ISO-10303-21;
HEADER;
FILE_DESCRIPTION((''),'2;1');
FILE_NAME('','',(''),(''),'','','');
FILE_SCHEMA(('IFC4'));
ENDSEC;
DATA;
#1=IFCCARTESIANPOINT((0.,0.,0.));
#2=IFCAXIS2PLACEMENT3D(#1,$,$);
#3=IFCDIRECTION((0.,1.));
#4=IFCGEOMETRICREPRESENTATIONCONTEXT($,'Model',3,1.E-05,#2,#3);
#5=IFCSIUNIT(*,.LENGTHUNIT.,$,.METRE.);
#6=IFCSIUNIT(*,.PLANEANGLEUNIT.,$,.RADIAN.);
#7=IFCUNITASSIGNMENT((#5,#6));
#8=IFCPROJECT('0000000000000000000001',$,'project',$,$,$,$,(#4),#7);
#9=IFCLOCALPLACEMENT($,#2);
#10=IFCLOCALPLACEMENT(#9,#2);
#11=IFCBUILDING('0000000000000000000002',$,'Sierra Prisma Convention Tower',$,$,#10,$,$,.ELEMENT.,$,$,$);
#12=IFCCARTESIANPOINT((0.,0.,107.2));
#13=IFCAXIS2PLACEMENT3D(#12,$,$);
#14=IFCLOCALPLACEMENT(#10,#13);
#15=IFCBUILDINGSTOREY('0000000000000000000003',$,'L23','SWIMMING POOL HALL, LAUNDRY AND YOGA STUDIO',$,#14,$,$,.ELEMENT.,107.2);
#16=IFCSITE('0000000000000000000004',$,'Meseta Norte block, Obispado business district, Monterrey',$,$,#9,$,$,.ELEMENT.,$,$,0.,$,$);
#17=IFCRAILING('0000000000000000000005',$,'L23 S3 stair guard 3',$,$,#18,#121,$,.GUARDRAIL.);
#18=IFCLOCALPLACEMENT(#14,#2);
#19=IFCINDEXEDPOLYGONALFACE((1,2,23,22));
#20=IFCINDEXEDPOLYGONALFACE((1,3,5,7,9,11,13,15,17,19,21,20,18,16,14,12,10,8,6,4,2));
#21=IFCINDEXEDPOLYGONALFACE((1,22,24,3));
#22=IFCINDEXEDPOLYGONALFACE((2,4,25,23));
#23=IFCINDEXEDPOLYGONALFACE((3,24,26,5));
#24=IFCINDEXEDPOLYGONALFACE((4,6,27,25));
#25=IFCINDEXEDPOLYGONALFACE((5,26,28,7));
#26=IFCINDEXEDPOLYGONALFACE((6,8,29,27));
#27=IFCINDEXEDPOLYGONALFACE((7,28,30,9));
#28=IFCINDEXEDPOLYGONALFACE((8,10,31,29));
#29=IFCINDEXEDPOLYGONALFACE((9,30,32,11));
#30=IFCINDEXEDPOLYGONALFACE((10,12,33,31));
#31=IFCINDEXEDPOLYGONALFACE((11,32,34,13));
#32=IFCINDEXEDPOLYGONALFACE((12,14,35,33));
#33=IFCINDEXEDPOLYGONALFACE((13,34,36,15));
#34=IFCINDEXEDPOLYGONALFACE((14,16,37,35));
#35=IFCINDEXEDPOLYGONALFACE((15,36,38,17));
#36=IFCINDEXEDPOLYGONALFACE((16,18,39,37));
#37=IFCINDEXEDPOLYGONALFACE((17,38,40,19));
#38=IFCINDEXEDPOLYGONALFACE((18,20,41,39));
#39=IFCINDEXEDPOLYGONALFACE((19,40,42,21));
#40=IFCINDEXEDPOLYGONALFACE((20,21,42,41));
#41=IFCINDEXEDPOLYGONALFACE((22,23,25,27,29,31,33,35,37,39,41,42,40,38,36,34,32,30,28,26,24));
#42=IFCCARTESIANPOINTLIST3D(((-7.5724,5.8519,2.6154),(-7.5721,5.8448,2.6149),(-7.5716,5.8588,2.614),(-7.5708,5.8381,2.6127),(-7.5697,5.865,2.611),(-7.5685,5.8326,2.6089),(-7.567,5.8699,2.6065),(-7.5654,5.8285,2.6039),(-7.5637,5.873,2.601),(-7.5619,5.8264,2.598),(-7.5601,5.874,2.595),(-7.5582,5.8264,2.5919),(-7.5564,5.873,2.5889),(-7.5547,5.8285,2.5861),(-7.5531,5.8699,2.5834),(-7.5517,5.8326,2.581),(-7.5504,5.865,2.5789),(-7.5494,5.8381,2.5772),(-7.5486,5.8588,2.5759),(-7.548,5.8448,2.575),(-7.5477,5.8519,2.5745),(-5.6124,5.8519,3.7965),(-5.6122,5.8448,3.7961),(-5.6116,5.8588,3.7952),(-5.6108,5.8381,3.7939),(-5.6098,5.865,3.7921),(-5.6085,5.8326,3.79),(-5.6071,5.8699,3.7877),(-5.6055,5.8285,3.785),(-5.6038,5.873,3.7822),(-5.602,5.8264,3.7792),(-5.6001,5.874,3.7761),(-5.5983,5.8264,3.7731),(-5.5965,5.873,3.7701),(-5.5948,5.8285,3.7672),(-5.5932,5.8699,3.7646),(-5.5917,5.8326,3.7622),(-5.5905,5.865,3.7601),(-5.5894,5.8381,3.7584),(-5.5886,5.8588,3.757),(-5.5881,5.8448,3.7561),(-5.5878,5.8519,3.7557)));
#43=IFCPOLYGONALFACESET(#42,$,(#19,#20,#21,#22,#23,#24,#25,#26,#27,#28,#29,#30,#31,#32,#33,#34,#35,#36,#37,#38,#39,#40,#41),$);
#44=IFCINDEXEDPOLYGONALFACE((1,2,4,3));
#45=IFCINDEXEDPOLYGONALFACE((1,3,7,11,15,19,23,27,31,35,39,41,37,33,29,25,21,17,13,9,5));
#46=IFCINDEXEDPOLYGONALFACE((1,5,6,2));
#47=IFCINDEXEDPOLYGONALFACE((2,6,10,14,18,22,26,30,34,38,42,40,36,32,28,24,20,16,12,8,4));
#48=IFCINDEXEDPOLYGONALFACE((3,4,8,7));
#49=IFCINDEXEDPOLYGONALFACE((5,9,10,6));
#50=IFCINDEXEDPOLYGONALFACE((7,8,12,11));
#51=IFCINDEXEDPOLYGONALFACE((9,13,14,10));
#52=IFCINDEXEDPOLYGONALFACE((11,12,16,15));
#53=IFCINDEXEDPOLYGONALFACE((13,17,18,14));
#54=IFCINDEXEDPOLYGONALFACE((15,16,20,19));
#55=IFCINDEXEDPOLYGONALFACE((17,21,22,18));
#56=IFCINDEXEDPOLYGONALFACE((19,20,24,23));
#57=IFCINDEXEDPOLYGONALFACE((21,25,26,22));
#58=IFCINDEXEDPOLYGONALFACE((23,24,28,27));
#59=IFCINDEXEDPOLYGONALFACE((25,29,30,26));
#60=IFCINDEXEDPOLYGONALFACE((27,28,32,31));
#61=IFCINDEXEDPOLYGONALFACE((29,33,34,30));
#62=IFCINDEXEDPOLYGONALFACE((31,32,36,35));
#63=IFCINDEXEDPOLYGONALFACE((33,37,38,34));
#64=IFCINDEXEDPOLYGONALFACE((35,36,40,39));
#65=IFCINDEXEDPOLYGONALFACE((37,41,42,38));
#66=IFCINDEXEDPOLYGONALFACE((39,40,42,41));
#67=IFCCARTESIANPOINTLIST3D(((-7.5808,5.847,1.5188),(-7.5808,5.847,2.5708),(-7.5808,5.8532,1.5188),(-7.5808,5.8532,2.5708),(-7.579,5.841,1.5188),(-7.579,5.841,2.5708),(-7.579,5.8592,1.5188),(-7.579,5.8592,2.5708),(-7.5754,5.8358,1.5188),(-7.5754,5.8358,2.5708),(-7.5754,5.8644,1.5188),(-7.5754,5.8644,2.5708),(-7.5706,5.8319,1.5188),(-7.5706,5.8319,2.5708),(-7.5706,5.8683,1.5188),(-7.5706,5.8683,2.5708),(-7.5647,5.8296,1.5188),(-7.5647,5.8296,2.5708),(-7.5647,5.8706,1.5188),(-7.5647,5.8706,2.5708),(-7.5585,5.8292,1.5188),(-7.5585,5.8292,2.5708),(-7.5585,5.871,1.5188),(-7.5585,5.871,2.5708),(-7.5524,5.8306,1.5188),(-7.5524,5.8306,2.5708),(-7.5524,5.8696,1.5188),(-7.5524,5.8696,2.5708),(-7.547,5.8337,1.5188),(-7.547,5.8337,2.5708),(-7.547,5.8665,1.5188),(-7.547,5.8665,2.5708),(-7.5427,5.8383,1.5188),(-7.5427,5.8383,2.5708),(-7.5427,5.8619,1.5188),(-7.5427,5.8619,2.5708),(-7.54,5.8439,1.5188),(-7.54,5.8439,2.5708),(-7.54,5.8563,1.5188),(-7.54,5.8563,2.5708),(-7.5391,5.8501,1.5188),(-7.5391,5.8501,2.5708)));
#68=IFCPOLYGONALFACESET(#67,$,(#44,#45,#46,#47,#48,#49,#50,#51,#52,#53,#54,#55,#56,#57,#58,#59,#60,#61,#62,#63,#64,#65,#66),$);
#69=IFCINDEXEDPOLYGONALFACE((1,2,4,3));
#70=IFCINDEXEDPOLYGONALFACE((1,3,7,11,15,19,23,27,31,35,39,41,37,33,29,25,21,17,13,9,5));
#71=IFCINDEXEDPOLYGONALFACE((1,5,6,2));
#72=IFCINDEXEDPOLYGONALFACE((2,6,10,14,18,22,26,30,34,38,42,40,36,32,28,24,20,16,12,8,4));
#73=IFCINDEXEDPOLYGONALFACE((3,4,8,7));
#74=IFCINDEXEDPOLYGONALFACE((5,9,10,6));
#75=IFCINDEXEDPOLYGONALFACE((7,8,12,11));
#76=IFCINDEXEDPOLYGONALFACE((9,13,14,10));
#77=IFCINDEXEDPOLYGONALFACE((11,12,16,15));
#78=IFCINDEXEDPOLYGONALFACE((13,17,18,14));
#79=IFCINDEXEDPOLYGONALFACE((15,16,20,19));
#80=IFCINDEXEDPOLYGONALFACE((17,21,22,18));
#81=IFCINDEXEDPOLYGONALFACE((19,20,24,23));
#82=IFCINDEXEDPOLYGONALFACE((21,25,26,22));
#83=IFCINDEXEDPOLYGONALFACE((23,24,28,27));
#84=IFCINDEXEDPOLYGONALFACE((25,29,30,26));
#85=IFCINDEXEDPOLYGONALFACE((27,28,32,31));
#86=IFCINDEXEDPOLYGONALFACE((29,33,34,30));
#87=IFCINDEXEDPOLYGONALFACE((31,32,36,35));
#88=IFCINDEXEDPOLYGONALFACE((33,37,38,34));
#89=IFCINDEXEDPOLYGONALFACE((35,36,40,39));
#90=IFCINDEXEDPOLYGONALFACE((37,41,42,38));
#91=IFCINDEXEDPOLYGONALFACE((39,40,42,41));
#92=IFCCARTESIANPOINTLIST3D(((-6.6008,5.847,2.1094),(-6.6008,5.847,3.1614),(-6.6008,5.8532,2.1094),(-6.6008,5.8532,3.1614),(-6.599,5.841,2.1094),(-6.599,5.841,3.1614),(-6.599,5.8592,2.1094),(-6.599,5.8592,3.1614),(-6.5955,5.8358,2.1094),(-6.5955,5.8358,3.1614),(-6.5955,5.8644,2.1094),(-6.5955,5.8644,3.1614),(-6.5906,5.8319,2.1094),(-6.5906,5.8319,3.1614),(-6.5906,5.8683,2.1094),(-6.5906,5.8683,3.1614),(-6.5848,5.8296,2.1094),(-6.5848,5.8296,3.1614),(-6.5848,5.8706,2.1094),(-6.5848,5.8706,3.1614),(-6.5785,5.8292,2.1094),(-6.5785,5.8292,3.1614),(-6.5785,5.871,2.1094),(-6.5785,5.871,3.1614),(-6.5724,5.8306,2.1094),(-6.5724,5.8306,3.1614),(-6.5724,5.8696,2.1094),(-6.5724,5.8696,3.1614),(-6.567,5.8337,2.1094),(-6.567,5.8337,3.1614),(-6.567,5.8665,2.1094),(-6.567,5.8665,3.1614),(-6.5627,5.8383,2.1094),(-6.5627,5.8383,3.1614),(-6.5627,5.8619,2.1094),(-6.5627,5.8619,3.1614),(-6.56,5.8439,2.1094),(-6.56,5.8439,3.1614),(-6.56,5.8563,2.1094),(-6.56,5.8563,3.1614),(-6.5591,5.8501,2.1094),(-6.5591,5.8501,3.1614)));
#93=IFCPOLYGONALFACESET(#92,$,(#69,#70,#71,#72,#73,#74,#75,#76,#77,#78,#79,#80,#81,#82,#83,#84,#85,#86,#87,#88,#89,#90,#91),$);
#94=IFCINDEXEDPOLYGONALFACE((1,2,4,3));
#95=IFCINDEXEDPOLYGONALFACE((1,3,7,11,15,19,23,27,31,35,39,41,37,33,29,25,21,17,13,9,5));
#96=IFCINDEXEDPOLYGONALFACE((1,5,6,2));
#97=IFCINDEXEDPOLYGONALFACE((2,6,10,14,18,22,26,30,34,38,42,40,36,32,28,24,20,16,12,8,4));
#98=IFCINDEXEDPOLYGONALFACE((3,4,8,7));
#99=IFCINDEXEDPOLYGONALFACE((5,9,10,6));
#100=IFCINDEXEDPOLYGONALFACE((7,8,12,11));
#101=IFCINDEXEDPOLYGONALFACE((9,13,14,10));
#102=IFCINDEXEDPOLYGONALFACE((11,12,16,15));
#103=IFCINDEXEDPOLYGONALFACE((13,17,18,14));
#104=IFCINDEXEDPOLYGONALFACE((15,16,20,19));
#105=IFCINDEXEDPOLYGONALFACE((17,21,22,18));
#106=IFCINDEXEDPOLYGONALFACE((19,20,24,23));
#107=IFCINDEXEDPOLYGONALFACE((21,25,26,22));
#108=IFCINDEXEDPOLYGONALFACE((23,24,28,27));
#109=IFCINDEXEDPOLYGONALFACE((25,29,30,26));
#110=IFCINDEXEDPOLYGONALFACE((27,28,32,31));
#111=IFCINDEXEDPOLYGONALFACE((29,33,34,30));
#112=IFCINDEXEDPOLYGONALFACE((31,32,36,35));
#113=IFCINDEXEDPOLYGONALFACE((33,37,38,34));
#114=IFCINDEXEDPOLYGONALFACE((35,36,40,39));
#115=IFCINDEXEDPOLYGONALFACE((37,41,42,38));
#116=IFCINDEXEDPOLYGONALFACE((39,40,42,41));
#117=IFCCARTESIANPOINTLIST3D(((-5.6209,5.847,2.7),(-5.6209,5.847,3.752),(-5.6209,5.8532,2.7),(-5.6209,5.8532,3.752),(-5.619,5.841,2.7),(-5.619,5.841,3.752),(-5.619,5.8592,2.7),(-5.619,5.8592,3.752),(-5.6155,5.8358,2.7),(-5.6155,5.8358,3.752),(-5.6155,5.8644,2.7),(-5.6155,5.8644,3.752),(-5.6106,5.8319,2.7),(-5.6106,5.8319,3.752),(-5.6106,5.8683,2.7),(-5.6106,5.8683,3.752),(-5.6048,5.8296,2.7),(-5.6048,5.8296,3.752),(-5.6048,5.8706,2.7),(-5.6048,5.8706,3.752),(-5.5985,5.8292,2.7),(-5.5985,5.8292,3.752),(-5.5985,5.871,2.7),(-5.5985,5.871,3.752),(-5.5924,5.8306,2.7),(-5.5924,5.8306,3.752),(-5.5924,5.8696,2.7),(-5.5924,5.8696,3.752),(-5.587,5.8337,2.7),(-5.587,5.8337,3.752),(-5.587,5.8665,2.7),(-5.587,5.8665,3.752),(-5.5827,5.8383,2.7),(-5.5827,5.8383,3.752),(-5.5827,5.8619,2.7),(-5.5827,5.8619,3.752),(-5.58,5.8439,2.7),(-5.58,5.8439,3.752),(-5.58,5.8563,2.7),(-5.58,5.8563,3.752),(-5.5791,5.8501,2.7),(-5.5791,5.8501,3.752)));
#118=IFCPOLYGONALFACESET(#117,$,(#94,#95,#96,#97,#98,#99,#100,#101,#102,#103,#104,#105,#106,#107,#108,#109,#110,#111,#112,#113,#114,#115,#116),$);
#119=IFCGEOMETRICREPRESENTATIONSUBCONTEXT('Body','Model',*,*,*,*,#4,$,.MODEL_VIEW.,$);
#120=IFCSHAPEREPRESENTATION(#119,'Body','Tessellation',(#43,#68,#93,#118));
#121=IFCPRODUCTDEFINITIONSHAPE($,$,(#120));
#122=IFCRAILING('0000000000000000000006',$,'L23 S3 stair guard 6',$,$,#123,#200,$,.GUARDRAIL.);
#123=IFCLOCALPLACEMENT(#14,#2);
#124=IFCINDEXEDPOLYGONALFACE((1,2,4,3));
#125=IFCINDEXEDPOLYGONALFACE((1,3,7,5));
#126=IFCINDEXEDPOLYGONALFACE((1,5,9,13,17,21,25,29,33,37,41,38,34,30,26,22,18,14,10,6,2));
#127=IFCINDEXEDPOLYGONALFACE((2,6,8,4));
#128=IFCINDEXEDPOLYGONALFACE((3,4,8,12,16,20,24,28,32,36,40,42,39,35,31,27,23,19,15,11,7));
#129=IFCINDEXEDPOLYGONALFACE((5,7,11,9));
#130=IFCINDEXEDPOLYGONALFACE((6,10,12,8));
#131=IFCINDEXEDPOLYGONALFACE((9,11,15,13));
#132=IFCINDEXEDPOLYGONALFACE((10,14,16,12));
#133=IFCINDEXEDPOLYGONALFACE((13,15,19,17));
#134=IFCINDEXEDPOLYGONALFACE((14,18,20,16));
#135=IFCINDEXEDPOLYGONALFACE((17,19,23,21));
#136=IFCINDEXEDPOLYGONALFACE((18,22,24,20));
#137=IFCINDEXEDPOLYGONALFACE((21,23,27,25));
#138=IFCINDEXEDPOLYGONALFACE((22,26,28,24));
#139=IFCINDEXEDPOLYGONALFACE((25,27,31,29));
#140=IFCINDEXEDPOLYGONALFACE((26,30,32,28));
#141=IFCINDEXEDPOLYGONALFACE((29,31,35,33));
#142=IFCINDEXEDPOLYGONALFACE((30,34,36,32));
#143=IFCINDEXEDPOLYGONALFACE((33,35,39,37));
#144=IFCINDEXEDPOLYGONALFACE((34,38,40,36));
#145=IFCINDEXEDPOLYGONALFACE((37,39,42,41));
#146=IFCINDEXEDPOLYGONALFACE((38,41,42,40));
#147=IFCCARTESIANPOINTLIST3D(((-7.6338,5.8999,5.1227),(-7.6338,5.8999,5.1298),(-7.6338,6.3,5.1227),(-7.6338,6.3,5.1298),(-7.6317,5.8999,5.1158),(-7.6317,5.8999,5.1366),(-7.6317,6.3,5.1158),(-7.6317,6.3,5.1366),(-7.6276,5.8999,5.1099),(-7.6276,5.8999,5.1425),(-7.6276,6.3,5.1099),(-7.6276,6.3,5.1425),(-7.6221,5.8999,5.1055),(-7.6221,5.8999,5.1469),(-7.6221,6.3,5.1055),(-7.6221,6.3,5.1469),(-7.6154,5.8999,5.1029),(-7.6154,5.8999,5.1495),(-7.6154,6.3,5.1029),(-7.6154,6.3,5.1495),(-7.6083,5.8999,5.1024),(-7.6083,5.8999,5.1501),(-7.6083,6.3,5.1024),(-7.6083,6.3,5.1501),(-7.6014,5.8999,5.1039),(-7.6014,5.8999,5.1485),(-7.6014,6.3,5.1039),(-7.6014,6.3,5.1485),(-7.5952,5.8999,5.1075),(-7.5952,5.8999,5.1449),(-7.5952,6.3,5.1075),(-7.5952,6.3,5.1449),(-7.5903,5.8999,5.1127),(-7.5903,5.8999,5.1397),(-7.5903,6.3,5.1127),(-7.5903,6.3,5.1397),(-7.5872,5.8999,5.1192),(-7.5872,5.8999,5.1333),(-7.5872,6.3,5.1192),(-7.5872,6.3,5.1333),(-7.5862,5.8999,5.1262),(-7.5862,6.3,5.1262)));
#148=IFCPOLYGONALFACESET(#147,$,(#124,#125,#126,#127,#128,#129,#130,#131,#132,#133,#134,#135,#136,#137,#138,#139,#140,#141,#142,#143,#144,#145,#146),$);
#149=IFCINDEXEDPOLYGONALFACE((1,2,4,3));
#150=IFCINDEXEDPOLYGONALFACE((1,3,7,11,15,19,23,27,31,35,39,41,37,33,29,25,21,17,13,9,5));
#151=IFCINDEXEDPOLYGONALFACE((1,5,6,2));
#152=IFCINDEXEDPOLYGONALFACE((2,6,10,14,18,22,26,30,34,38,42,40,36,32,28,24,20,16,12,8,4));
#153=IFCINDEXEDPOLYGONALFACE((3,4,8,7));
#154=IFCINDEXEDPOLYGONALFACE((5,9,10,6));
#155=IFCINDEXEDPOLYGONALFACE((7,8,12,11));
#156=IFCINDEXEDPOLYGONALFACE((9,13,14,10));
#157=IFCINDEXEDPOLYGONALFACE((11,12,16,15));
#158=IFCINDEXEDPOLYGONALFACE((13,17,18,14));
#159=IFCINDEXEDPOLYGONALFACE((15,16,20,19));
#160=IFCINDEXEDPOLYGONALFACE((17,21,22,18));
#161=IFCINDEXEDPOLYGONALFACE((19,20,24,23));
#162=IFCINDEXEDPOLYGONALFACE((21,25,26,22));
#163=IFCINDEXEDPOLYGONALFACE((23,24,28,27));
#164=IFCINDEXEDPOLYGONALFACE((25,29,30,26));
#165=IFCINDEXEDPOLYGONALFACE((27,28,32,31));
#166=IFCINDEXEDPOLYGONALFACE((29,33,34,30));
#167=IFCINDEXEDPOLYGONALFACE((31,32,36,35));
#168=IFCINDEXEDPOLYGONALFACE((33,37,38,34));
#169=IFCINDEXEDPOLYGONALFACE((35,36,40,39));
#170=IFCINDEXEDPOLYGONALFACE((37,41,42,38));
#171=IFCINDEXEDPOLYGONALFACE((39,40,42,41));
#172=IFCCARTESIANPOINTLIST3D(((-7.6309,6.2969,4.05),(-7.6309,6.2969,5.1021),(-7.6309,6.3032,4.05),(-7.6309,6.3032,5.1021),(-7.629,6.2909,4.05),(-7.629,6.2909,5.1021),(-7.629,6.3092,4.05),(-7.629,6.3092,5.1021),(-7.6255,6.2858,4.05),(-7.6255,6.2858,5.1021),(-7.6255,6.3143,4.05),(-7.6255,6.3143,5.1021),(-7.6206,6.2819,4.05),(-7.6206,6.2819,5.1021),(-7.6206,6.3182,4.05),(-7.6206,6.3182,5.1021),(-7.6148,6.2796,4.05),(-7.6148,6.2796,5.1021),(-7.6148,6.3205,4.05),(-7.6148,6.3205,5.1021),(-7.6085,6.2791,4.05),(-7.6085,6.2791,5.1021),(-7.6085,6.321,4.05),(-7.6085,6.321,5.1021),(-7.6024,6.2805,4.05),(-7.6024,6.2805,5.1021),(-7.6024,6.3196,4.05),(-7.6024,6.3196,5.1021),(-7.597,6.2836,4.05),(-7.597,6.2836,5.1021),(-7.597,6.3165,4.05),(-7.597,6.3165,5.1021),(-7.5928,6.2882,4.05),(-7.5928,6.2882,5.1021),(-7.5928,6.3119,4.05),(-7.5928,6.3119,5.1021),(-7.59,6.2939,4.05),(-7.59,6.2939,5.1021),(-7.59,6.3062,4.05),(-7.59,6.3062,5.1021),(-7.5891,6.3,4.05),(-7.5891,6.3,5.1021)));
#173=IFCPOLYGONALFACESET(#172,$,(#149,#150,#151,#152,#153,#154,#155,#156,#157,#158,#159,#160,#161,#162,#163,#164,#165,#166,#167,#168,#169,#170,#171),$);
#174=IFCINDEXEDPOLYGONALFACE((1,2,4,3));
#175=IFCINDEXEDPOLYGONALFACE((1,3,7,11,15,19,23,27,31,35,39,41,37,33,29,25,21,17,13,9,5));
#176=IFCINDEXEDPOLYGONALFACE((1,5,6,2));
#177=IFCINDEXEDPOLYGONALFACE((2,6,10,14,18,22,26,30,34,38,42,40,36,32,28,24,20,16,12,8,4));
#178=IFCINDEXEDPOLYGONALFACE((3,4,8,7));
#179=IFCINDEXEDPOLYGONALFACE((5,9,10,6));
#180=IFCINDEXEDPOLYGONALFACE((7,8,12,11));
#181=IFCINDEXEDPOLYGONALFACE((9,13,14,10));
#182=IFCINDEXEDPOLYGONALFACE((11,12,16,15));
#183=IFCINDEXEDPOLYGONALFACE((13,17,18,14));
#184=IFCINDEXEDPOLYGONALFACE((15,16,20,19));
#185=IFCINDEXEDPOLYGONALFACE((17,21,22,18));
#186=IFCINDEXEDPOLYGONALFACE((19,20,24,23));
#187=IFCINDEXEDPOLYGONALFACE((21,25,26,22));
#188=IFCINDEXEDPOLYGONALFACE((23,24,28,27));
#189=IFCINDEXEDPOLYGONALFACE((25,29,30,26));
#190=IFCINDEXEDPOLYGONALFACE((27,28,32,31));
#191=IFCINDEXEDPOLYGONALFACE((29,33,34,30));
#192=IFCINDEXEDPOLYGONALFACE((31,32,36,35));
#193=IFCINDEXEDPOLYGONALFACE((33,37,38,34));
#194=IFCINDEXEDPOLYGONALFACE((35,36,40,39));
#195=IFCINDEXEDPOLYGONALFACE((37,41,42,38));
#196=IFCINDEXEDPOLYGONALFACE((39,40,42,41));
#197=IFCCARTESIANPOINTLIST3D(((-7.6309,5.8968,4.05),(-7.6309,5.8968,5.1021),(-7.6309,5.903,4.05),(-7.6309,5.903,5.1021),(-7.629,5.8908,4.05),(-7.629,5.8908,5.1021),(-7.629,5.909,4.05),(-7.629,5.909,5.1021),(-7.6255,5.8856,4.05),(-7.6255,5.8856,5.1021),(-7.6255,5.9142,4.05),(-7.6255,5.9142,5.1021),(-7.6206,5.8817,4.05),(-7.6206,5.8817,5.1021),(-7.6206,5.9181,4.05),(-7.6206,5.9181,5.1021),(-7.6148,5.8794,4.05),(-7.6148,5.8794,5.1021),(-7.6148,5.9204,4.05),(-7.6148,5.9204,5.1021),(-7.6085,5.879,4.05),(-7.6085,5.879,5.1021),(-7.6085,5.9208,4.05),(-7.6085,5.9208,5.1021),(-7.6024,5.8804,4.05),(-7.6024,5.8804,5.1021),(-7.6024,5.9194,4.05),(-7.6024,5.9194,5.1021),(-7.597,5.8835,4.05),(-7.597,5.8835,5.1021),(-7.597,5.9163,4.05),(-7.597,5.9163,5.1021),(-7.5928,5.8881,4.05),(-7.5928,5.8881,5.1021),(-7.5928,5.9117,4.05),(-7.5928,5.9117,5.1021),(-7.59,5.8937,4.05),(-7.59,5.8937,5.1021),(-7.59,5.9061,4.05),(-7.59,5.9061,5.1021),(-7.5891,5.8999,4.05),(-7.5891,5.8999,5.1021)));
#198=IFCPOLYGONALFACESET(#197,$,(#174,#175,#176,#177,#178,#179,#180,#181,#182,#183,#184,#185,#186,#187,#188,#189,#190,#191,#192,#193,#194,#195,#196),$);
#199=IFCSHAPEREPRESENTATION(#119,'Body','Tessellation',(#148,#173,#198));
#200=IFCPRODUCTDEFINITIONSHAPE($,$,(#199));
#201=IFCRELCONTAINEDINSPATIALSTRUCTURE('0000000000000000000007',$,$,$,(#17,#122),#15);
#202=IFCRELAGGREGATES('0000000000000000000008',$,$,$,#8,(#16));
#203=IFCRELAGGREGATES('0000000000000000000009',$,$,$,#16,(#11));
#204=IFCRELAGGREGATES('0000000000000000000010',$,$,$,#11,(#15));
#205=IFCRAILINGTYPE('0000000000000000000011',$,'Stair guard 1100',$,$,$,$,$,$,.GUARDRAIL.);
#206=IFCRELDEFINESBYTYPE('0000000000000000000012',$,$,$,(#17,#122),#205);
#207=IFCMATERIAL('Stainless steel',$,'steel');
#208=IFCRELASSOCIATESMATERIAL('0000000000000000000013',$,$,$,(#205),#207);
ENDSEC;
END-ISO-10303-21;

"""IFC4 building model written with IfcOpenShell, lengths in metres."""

from ifc_helpers import new_model, si_unit, direction, frame, origin, origin_2d, place, context, subcontext, project, spatial, circle, extrude, material, type_object, element, save


model = new_model("IFC4")

# Units and contexts
model_context = context("Model", 3, precision=1e-05, world=origin(), true_north=direction((0.0, 1.0)))
body_context = subcontext(model_context, "Body", "Model", "MODEL_VIEW")
ifc_project = project(units=[si_unit("LENGTHUNIT", "METRE"), si_unit("PLANEANGLEUNIT", "RADIAN")], contexts=[model_context])

# Site, building, storey
site_placement = place(None, origin())
site = spatial("IfcSite", under=ifc_project, at=site_placement, Name="Meseta Norte block, Obispado business district, Monterrey", CompositionType="ELEMENT", RefElevation=0.0)
building_placement = place(site_placement, origin())
building = spatial("IfcBuilding", under=site, at=building_placement, Name="Sierra Prisma Convention Tower", CompositionType="ELEMENT")
storey_placement = place(building_placement, frame((0.0, 0.0, 107.2)))
storey = spatial("IfcBuildingStorey", under=building, at=storey_placement, Name="L23", Description="SWIMMING POOL HALL, LAUNDRY AND YOGA STUDIO", CompositionType="ELEMENT", Elevation=107.2)

# Railings
ifc_material_1 = material(Name="Stainless steel", Category="steel")
railing_type_1 = type_object("IfcRailingType", Name="Stair guard 1100", PredefinedType="GUARDRAIL", material=ifc_material_1)
railing_1_placement = place(storey_placement, frame((-7.5601, 5.8501, 1.5188)))
element("IfcRailing", 1, at=railing_1_placement, inside=storey, type_object=railing_type_1, Name="L23 S3 stair guard 3", PredefinedType="GUARDRAIL", context=body_context, shape_type="SweptSolid", body=[
    extrude(circle(Radius=0.0239, at=origin_2d()), frame((0.0, 0.0, 1.0762), z_axis=(0.856493, 0.0, 0.516158), x_axis=(0.0, 1.0, 0.0)), (0.0, 0.0, 1.0), 2.2883),
    extrude(circle(Radius=0.021, at=origin_2d()), origin(), (0.0, 0.0, 1.0), 1.052),
    extrude(circle(Radius=0.021, at=origin_2d()), frame((0.98, 0.0, 0.5906)), (0.0, 0.0, 1.0), 1.052),
    extrude(circle(Radius=0.021, at=origin_2d()), frame((1.96, 0.0, 1.1812)), (0.0, 0.0, 1.0), 1.052),
])
railing_2_placement = place(storey_placement, frame((-7.6101, 6.3, 4.05)))
element("IfcRailing", 2, at=railing_2_placement, inside=storey, type_object=railing_type_1, Name="L23 S3 stair guard 6", PredefinedType="GUARDRAIL", context=body_context, shape_type="SweptSolid", body=[
    extrude(circle(Radius=0.0239, at=origin_2d()), frame((0.0, 0.0, 1.0762), z_axis=(0.0, -1.0, 0.0), x_axis=(1.0, 0.0, 0.0)), (0.0, 0.0, 1.0), 0.4001),
    extrude(circle(Radius=0.021, at=origin_2d()), origin(), (0.0, 0.0, 1.0), 1.052),
    extrude(circle(Radius=0.021, at=origin_2d()), frame((0.0, -0.4001, 0.0)), (0.0, 0.0, 1.0), 1.052),
])

save(model, "model.ifc")
